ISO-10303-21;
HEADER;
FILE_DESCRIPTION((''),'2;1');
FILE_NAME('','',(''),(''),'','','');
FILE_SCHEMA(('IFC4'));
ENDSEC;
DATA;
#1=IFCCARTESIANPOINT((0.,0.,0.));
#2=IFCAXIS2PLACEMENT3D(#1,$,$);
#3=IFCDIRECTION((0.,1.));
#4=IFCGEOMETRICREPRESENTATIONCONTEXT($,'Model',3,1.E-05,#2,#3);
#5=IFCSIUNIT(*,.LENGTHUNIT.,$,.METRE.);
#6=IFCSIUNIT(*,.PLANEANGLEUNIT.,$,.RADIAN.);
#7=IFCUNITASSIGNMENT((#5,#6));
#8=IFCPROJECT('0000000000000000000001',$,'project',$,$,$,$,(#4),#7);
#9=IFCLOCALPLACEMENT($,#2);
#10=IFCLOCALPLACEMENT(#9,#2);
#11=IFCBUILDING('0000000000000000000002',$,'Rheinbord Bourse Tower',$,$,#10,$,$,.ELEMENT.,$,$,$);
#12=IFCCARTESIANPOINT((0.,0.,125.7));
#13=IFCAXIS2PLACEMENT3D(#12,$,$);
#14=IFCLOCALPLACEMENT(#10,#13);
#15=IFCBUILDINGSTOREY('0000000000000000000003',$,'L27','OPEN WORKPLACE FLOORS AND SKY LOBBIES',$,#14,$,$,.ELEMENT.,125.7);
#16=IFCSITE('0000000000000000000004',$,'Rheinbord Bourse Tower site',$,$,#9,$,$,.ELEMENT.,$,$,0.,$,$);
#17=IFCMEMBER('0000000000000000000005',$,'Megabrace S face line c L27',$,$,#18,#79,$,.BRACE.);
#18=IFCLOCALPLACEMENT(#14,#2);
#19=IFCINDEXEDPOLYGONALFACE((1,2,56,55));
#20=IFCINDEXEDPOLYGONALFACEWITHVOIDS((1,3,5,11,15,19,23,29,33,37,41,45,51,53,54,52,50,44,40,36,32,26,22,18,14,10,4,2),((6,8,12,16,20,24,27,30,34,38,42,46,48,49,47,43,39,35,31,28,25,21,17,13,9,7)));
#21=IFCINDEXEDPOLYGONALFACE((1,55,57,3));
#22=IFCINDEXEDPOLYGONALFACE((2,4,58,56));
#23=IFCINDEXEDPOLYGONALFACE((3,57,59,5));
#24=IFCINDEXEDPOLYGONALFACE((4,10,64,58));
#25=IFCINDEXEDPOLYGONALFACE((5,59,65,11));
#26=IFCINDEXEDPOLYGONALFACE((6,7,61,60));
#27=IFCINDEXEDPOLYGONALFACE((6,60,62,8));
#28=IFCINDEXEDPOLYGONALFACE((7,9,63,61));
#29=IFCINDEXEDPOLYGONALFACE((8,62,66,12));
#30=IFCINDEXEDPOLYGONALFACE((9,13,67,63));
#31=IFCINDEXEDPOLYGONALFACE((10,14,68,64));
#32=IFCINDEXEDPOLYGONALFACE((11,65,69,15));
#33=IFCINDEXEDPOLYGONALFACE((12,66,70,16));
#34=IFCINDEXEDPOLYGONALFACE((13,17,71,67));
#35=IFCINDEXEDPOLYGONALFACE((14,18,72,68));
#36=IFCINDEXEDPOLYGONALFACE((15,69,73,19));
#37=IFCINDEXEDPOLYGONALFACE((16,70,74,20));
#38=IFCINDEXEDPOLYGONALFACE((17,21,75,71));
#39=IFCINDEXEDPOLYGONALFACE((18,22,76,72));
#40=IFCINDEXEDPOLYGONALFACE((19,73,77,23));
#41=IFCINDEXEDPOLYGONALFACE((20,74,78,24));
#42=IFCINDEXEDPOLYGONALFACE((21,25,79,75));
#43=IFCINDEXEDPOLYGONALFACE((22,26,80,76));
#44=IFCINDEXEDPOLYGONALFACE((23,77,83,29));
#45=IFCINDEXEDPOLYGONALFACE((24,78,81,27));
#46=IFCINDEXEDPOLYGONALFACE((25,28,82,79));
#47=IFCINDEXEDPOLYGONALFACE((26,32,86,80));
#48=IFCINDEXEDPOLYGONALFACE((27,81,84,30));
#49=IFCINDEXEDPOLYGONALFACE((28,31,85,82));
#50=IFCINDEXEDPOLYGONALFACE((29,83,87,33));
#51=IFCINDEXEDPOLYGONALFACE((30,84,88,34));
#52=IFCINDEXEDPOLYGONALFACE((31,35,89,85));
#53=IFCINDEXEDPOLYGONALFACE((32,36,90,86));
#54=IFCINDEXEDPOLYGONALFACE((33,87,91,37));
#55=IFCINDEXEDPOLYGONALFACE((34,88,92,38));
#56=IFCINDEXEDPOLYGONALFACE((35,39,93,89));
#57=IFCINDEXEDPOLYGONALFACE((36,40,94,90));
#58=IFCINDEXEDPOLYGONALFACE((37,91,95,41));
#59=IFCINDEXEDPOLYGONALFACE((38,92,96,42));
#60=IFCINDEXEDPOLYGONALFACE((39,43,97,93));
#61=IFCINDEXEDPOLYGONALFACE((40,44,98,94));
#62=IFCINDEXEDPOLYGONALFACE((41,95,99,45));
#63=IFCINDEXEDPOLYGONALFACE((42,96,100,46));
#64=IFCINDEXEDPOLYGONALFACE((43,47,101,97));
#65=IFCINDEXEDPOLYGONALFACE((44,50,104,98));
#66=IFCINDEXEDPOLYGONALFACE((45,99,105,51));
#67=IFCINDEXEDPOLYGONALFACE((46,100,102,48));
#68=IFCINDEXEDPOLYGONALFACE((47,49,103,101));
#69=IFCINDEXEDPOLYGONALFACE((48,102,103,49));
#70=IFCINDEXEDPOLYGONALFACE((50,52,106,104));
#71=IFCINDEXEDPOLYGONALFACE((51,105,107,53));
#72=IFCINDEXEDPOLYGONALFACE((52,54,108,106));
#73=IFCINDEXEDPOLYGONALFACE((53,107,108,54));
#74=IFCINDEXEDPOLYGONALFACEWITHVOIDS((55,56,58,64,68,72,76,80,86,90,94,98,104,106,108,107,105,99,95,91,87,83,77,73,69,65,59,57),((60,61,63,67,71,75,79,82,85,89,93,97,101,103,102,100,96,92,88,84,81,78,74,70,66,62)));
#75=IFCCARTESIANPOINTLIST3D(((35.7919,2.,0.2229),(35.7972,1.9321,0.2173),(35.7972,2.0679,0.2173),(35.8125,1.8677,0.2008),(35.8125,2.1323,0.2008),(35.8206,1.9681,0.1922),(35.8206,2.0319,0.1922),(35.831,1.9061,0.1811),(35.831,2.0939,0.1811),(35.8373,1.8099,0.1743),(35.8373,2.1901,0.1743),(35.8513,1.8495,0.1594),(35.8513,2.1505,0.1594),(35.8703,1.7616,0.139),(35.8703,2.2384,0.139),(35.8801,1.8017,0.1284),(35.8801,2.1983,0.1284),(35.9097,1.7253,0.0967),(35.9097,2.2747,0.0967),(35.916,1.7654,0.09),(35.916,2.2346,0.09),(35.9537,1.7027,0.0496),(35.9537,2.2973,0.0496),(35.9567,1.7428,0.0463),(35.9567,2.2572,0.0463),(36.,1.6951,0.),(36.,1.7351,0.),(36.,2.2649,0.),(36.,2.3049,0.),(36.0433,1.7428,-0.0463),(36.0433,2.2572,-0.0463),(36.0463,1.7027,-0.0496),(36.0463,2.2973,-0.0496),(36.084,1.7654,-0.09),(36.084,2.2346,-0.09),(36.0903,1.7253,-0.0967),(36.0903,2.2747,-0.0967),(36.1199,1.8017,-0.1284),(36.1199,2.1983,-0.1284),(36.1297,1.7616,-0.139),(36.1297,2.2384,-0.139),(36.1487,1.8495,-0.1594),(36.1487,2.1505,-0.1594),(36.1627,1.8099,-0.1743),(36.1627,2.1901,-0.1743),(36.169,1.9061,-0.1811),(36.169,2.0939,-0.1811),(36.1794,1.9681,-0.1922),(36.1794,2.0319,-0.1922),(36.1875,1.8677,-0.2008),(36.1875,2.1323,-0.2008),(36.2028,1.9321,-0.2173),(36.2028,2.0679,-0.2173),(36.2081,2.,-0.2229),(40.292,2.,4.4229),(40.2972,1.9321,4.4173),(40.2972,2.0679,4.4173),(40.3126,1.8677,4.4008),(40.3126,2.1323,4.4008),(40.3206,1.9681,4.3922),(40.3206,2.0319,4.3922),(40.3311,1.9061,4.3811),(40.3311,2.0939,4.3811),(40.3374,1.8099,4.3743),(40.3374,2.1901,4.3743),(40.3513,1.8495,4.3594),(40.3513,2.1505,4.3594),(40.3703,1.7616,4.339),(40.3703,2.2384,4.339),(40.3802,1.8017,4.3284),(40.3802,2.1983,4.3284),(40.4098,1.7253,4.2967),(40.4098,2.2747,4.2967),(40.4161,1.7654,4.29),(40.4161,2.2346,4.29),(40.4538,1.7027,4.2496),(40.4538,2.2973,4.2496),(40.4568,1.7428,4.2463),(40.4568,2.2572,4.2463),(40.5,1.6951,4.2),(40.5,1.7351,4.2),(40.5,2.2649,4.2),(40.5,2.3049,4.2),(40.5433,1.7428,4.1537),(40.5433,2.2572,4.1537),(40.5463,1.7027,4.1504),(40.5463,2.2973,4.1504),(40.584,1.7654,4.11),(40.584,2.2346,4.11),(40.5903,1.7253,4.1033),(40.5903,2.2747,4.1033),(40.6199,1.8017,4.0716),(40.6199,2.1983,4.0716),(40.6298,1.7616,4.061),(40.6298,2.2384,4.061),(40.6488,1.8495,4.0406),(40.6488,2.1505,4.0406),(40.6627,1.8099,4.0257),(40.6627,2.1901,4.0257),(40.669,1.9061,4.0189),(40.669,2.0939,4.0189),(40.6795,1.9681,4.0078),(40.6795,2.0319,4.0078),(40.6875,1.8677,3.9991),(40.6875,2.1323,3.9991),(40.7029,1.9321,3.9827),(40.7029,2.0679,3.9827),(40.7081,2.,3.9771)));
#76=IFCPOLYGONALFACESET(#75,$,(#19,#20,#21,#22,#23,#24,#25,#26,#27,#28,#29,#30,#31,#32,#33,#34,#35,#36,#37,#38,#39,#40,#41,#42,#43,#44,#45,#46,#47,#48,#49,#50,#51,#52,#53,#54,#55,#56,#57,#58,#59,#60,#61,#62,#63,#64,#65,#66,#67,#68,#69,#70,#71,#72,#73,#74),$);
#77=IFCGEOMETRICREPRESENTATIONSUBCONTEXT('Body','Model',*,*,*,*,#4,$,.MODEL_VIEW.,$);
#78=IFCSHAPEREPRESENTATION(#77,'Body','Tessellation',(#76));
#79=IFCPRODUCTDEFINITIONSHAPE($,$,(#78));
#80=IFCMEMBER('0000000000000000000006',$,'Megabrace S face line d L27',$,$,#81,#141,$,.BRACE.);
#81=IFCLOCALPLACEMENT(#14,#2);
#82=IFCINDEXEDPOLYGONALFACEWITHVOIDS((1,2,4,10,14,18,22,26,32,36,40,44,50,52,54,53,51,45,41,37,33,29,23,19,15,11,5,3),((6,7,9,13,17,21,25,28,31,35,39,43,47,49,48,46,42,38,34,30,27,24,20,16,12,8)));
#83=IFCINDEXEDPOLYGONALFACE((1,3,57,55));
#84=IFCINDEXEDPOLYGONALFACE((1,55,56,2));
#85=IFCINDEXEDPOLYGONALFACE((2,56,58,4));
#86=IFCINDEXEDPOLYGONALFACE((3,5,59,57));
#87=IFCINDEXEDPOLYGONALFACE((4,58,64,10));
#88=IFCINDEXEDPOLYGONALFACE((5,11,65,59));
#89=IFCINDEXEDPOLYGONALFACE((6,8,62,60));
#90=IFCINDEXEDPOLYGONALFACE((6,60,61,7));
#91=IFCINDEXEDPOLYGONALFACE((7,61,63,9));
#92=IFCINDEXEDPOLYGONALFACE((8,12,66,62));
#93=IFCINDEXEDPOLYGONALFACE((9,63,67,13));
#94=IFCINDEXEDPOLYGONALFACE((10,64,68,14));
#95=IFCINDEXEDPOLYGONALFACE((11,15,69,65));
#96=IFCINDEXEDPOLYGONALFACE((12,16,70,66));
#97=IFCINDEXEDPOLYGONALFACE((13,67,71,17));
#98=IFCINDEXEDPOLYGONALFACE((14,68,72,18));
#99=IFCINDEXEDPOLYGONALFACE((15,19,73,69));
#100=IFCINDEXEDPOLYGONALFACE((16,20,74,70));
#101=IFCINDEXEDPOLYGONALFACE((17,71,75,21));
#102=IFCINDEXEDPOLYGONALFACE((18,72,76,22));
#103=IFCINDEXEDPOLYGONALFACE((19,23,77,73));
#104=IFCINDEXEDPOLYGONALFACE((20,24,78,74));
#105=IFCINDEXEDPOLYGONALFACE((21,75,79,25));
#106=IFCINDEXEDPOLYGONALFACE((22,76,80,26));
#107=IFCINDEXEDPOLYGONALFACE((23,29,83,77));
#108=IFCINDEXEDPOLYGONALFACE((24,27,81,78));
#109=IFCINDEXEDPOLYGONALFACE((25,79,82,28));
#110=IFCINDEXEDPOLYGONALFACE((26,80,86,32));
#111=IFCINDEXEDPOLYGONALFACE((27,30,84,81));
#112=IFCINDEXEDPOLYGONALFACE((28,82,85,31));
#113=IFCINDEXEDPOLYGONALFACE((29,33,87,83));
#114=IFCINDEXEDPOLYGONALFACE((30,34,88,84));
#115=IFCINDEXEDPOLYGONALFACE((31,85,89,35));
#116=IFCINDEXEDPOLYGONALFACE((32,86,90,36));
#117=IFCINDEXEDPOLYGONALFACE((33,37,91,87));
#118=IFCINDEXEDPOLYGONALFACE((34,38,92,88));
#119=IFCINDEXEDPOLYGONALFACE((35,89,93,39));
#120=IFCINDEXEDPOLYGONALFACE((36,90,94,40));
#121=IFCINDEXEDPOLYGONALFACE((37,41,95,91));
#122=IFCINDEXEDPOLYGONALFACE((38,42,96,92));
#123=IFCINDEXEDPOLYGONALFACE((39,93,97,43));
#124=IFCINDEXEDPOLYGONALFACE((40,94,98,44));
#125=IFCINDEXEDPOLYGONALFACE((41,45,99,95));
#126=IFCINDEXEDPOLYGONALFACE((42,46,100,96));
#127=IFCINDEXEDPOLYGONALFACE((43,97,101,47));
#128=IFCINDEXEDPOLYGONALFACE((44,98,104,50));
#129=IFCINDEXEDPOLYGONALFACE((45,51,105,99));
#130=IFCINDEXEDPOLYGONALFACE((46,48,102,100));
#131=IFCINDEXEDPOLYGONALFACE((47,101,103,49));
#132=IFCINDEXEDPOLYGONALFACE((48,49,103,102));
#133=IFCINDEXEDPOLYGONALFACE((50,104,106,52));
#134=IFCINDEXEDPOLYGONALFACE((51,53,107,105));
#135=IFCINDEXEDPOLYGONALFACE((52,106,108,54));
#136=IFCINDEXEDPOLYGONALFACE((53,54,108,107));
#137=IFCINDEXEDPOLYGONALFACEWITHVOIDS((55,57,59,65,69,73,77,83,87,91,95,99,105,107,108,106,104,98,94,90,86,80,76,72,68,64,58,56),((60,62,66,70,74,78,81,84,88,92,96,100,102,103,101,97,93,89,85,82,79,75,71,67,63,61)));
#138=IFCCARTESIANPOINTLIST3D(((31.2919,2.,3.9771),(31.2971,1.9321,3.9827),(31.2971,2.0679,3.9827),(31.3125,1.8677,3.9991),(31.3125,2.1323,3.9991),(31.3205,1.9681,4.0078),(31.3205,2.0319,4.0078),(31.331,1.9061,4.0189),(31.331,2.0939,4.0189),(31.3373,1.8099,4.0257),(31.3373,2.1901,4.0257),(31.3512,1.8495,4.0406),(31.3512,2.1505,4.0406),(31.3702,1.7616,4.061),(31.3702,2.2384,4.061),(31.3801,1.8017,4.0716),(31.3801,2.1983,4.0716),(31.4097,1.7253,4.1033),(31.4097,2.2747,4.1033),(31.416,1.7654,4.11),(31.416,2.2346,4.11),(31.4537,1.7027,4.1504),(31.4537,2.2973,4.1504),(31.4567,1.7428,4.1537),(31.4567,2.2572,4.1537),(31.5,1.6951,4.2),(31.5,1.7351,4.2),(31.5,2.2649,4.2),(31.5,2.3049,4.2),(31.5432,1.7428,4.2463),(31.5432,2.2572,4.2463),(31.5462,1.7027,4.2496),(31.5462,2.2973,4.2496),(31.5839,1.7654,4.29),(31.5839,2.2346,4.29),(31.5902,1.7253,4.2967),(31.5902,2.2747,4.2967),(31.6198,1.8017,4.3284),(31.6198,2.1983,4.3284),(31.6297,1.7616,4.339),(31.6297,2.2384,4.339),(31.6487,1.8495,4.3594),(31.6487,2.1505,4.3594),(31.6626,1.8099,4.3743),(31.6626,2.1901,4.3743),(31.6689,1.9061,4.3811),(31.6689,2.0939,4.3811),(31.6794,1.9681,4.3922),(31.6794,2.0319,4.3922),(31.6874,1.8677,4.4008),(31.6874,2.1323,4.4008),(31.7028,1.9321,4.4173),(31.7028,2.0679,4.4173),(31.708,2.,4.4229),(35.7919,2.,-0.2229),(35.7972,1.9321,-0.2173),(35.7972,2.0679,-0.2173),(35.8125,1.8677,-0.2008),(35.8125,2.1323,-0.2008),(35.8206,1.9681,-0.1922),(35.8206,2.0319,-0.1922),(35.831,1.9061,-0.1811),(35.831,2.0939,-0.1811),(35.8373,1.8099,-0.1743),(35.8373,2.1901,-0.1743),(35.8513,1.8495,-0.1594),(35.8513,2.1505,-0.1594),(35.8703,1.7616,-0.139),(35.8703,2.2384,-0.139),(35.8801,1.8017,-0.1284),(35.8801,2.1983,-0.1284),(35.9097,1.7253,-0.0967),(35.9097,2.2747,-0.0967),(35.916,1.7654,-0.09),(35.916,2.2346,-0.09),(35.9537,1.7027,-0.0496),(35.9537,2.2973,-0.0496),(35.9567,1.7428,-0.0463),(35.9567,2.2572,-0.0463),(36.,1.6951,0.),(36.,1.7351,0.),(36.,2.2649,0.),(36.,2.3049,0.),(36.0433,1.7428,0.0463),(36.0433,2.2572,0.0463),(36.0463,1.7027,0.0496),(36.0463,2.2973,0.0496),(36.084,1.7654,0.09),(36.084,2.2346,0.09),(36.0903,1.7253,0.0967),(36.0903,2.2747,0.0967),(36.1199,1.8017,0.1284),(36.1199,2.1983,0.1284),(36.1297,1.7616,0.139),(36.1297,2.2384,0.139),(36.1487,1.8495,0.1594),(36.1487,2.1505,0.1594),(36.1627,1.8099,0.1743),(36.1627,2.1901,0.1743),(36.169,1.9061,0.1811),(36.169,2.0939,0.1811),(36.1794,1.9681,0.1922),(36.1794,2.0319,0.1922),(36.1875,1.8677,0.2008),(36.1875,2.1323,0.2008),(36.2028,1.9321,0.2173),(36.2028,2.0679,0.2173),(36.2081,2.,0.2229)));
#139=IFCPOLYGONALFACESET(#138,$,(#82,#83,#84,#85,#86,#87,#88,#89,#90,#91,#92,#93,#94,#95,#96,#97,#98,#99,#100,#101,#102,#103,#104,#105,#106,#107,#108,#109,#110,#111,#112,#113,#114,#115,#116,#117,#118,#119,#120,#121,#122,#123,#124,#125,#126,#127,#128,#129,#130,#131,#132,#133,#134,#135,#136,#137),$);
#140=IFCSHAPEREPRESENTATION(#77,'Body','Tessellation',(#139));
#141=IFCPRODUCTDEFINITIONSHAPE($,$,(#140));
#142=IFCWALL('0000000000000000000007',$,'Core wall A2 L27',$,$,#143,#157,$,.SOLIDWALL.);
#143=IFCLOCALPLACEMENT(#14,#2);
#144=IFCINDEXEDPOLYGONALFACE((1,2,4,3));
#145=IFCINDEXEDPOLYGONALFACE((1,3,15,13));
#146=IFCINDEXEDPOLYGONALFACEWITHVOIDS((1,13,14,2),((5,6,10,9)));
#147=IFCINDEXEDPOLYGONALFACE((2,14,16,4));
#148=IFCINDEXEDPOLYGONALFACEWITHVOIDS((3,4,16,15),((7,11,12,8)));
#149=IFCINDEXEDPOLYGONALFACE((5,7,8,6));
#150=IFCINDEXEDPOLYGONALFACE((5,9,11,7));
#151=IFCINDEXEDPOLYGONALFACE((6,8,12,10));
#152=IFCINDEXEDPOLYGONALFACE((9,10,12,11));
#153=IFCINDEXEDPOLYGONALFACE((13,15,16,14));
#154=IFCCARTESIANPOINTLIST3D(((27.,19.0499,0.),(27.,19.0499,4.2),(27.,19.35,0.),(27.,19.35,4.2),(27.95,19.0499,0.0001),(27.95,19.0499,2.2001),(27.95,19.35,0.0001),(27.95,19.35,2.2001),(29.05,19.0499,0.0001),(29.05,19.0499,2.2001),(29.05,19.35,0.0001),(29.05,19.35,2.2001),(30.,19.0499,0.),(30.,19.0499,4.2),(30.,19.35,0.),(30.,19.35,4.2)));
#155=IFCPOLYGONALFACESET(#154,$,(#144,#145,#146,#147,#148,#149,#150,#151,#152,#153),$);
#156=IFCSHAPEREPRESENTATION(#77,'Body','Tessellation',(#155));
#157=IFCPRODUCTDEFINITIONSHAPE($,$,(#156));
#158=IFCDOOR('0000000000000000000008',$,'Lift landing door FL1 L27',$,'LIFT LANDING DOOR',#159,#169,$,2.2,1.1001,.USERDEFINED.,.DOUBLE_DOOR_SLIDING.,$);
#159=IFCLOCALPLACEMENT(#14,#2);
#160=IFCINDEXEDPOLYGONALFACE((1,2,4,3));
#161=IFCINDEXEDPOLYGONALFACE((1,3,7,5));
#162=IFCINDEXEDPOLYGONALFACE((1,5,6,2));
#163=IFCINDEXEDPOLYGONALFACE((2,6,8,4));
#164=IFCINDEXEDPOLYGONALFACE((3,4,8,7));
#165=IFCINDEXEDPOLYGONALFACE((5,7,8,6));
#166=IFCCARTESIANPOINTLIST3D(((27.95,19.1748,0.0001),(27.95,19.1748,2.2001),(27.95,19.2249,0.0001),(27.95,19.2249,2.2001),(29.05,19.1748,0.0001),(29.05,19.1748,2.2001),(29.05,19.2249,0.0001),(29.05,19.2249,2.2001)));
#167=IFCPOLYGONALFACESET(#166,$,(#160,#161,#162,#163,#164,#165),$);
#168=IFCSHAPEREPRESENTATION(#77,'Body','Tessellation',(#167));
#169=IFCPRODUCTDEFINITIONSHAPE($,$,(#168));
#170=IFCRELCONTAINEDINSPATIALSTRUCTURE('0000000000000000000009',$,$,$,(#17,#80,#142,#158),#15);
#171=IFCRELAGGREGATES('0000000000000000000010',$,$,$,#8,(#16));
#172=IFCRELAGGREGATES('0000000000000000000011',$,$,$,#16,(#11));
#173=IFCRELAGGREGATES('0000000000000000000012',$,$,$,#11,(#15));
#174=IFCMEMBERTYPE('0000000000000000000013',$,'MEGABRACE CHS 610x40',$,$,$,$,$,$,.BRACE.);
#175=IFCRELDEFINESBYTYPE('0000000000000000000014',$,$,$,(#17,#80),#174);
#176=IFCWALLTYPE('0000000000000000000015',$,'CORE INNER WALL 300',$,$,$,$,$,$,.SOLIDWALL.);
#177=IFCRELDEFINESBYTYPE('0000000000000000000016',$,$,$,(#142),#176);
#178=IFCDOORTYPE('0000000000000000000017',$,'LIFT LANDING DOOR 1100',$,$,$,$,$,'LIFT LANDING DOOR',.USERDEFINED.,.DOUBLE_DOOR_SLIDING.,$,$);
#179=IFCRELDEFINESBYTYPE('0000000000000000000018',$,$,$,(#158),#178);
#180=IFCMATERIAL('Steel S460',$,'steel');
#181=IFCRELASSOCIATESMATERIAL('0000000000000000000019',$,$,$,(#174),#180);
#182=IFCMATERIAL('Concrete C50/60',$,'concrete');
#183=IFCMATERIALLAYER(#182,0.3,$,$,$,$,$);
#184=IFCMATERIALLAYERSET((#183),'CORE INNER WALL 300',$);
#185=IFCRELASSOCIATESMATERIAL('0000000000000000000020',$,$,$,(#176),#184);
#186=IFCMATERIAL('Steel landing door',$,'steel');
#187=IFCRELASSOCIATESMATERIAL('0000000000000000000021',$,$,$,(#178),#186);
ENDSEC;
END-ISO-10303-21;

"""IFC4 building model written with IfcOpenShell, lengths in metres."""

from ifc_helpers import new_model, si_unit, direction, frame, frame_2d, origin, origin_2d, place, context, subcontext, project, spatial, rectangle, hollow_circle, extrude, material, layer, layer_set, material_profile, profile_set, type_object, element, fill, save


model = new_model("IFC4")

# Units and contexts
model_context = context("Model", 3, precision=1e-05, world=origin(), true_north=direction((0.0, 1.0)))
body_context = subcontext(model_context, "Body", "Model", "MODEL_VIEW")
ifc_project = project(units=[si_unit("LENGTHUNIT", "METRE"), si_unit("PLANEANGLEUNIT", "RADIAN")], contexts=[model_context])

# Site, building, storey
site_placement = place(None, origin())
site = spatial("IfcSite", under=ifc_project, at=site_placement, Name="Rheinbord Bourse Tower site", CompositionType="ELEMENT", RefElevation=0.0)
building_placement = place(site_placement, origin())
building = spatial("IfcBuilding", under=site, at=building_placement, Name="Rheinbord Bourse Tower", CompositionType="ELEMENT")
storey_placement = place(building_placement, frame((0.0, 0.0, 125.7)))
storey = spatial("IfcBuildingStorey", under=building, at=storey_placement, Name="L27", Description="OPEN WORKPLACE FLOORS AND SKY LOBBIES", CompositionType="ELEMENT", Elevation=125.7)

# Members
ifc_material_1 = material(Name="Steel S460", Category="steel")
ifc_material_profile = material_profile(ifc_material_1, hollow_circle(Radius=0.3049, WallThickness=0.04, at=origin_2d()), Name="CHS 610x40")
ifc_profile_set = profile_set([ifc_material_profile], Name="Steel S460")
member_type = type_object("IfcMemberType", Name="MEGABRACE CHS 610x40", PredefinedType="BRACE", material=ifc_profile_set)
for number, where, z_axis, x_axis, name in (
    (1, (36.0, 2.0, 0.0), (0.731059, 0.0, 0.682314), (0.0, 1.0, 0.0), "Megabrace S face line c L27"),
    (2, (36.0, 2.0, 0.0), (-0.731059, 0.0, 0.682314), (0.0, -1.0, 0.0), "Megabrace S face line d L27"),
):
    element("IfcMember", number, at=place(storey_placement, frame(where, z_axis=z_axis, x_axis=x_axis)), inside=storey, type_object=member_type, Name=name, PredefinedType="BRACE", context=body_context, shape_type="SweptSolid", body=[
        extrude(hollow_circle(Radius=0.3049, WallThickness=0.04, at=origin_2d()), origin(), (0.0, 0.0, 1.0), 6.1555),
    ])

# Wall, opening, door
ifc_material_2 = material(Name="Concrete C50/60", Category="concrete")
ifc_layer_1 = layer(ifc_material_2, 0.3)
ifc_layer_set_1 = layer_set([ifc_layer_1], Name="CORE INNER WALL 300")
wall_type_1 = type_object("IfcWallType", Name="CORE INNER WALL 300", PredefinedType="SOLIDWALL", material=ifc_layer_set_1)
wall_1_placement = place(storey_placement, frame((27.0, 19.2, 0.0), z_axis=(0.0, 0.0, 1.0), x_axis=(1.0, 0.0, 0.0)))
wall_1 = element("IfcWall", 3, at=wall_1_placement, inside=storey, type_object=wall_type_1, Name="Core wall A2 L27", PredefinedType="SOLIDWALL", context=body_context, shape_type="SweptSolid", body=[
    extrude(rectangle(XDim=3.0, YDim=0.3, at=frame_2d((1.5, 0.0))), origin(), (0.0, 0.0, 1.0), 4.2),
])
opening_1_placement = place(wall_1_placement, frame((0.95, 0.0, 0.0)))
opening_1 = element("IfcOpeningElement", 4, at=opening_1_placement, cuts=wall_1, PredefinedType="OPENING", context=body_context, shape_type="SweptSolid", body=[
    extrude(rectangle(XDim=1.1001, YDim=2.2, at=frame_2d((0.55, 1.1001))), frame((0.0, 0.1599, 0.0), z_axis=(0.0, -1.0, 0.0), x_axis=(1.0, 0.0, 0.0)), (0.0, 0.0, 1.0), 0.3201),
])
ifc_material_3 = material(Name="Steel landing door", Category="steel")
door_type_1 = type_object("IfcDoorType", Name="LIFT LANDING DOOR 1100", ElementType="LIFT LANDING DOOR", OperationType="DOUBLE_DOOR_SLIDING", PredefinedType="USERDEFINED", material=ifc_material_3)
door_1_placement = place(opening_1_placement, origin())
door_1 = element("IfcDoor", 5, at=door_1_placement, inside=storey, type_object=door_type_1, Name="Lift landing door FL1 L27", ObjectType="LIFT LANDING DOOR", OperationType="DOUBLE_DOOR_SLIDING", OverallHeight=2.2, OverallWidth=1.1001, PredefinedType="USERDEFINED", context=body_context, shape_type="SweptSolid", body=[
    extrude(rectangle(XDim=1.1001, YDim=2.2, at=frame_2d((0.55, 1.1001))), frame((0.0, 0.0249, 0.0), z_axis=(0.0, -1.0, 0.0), x_axis=(1.0, 0.0, 0.0)), (0.0, 0.0, 1.0), 0.05),
])
fill(opening_1, door_1)

save(model, "model.ifc")
